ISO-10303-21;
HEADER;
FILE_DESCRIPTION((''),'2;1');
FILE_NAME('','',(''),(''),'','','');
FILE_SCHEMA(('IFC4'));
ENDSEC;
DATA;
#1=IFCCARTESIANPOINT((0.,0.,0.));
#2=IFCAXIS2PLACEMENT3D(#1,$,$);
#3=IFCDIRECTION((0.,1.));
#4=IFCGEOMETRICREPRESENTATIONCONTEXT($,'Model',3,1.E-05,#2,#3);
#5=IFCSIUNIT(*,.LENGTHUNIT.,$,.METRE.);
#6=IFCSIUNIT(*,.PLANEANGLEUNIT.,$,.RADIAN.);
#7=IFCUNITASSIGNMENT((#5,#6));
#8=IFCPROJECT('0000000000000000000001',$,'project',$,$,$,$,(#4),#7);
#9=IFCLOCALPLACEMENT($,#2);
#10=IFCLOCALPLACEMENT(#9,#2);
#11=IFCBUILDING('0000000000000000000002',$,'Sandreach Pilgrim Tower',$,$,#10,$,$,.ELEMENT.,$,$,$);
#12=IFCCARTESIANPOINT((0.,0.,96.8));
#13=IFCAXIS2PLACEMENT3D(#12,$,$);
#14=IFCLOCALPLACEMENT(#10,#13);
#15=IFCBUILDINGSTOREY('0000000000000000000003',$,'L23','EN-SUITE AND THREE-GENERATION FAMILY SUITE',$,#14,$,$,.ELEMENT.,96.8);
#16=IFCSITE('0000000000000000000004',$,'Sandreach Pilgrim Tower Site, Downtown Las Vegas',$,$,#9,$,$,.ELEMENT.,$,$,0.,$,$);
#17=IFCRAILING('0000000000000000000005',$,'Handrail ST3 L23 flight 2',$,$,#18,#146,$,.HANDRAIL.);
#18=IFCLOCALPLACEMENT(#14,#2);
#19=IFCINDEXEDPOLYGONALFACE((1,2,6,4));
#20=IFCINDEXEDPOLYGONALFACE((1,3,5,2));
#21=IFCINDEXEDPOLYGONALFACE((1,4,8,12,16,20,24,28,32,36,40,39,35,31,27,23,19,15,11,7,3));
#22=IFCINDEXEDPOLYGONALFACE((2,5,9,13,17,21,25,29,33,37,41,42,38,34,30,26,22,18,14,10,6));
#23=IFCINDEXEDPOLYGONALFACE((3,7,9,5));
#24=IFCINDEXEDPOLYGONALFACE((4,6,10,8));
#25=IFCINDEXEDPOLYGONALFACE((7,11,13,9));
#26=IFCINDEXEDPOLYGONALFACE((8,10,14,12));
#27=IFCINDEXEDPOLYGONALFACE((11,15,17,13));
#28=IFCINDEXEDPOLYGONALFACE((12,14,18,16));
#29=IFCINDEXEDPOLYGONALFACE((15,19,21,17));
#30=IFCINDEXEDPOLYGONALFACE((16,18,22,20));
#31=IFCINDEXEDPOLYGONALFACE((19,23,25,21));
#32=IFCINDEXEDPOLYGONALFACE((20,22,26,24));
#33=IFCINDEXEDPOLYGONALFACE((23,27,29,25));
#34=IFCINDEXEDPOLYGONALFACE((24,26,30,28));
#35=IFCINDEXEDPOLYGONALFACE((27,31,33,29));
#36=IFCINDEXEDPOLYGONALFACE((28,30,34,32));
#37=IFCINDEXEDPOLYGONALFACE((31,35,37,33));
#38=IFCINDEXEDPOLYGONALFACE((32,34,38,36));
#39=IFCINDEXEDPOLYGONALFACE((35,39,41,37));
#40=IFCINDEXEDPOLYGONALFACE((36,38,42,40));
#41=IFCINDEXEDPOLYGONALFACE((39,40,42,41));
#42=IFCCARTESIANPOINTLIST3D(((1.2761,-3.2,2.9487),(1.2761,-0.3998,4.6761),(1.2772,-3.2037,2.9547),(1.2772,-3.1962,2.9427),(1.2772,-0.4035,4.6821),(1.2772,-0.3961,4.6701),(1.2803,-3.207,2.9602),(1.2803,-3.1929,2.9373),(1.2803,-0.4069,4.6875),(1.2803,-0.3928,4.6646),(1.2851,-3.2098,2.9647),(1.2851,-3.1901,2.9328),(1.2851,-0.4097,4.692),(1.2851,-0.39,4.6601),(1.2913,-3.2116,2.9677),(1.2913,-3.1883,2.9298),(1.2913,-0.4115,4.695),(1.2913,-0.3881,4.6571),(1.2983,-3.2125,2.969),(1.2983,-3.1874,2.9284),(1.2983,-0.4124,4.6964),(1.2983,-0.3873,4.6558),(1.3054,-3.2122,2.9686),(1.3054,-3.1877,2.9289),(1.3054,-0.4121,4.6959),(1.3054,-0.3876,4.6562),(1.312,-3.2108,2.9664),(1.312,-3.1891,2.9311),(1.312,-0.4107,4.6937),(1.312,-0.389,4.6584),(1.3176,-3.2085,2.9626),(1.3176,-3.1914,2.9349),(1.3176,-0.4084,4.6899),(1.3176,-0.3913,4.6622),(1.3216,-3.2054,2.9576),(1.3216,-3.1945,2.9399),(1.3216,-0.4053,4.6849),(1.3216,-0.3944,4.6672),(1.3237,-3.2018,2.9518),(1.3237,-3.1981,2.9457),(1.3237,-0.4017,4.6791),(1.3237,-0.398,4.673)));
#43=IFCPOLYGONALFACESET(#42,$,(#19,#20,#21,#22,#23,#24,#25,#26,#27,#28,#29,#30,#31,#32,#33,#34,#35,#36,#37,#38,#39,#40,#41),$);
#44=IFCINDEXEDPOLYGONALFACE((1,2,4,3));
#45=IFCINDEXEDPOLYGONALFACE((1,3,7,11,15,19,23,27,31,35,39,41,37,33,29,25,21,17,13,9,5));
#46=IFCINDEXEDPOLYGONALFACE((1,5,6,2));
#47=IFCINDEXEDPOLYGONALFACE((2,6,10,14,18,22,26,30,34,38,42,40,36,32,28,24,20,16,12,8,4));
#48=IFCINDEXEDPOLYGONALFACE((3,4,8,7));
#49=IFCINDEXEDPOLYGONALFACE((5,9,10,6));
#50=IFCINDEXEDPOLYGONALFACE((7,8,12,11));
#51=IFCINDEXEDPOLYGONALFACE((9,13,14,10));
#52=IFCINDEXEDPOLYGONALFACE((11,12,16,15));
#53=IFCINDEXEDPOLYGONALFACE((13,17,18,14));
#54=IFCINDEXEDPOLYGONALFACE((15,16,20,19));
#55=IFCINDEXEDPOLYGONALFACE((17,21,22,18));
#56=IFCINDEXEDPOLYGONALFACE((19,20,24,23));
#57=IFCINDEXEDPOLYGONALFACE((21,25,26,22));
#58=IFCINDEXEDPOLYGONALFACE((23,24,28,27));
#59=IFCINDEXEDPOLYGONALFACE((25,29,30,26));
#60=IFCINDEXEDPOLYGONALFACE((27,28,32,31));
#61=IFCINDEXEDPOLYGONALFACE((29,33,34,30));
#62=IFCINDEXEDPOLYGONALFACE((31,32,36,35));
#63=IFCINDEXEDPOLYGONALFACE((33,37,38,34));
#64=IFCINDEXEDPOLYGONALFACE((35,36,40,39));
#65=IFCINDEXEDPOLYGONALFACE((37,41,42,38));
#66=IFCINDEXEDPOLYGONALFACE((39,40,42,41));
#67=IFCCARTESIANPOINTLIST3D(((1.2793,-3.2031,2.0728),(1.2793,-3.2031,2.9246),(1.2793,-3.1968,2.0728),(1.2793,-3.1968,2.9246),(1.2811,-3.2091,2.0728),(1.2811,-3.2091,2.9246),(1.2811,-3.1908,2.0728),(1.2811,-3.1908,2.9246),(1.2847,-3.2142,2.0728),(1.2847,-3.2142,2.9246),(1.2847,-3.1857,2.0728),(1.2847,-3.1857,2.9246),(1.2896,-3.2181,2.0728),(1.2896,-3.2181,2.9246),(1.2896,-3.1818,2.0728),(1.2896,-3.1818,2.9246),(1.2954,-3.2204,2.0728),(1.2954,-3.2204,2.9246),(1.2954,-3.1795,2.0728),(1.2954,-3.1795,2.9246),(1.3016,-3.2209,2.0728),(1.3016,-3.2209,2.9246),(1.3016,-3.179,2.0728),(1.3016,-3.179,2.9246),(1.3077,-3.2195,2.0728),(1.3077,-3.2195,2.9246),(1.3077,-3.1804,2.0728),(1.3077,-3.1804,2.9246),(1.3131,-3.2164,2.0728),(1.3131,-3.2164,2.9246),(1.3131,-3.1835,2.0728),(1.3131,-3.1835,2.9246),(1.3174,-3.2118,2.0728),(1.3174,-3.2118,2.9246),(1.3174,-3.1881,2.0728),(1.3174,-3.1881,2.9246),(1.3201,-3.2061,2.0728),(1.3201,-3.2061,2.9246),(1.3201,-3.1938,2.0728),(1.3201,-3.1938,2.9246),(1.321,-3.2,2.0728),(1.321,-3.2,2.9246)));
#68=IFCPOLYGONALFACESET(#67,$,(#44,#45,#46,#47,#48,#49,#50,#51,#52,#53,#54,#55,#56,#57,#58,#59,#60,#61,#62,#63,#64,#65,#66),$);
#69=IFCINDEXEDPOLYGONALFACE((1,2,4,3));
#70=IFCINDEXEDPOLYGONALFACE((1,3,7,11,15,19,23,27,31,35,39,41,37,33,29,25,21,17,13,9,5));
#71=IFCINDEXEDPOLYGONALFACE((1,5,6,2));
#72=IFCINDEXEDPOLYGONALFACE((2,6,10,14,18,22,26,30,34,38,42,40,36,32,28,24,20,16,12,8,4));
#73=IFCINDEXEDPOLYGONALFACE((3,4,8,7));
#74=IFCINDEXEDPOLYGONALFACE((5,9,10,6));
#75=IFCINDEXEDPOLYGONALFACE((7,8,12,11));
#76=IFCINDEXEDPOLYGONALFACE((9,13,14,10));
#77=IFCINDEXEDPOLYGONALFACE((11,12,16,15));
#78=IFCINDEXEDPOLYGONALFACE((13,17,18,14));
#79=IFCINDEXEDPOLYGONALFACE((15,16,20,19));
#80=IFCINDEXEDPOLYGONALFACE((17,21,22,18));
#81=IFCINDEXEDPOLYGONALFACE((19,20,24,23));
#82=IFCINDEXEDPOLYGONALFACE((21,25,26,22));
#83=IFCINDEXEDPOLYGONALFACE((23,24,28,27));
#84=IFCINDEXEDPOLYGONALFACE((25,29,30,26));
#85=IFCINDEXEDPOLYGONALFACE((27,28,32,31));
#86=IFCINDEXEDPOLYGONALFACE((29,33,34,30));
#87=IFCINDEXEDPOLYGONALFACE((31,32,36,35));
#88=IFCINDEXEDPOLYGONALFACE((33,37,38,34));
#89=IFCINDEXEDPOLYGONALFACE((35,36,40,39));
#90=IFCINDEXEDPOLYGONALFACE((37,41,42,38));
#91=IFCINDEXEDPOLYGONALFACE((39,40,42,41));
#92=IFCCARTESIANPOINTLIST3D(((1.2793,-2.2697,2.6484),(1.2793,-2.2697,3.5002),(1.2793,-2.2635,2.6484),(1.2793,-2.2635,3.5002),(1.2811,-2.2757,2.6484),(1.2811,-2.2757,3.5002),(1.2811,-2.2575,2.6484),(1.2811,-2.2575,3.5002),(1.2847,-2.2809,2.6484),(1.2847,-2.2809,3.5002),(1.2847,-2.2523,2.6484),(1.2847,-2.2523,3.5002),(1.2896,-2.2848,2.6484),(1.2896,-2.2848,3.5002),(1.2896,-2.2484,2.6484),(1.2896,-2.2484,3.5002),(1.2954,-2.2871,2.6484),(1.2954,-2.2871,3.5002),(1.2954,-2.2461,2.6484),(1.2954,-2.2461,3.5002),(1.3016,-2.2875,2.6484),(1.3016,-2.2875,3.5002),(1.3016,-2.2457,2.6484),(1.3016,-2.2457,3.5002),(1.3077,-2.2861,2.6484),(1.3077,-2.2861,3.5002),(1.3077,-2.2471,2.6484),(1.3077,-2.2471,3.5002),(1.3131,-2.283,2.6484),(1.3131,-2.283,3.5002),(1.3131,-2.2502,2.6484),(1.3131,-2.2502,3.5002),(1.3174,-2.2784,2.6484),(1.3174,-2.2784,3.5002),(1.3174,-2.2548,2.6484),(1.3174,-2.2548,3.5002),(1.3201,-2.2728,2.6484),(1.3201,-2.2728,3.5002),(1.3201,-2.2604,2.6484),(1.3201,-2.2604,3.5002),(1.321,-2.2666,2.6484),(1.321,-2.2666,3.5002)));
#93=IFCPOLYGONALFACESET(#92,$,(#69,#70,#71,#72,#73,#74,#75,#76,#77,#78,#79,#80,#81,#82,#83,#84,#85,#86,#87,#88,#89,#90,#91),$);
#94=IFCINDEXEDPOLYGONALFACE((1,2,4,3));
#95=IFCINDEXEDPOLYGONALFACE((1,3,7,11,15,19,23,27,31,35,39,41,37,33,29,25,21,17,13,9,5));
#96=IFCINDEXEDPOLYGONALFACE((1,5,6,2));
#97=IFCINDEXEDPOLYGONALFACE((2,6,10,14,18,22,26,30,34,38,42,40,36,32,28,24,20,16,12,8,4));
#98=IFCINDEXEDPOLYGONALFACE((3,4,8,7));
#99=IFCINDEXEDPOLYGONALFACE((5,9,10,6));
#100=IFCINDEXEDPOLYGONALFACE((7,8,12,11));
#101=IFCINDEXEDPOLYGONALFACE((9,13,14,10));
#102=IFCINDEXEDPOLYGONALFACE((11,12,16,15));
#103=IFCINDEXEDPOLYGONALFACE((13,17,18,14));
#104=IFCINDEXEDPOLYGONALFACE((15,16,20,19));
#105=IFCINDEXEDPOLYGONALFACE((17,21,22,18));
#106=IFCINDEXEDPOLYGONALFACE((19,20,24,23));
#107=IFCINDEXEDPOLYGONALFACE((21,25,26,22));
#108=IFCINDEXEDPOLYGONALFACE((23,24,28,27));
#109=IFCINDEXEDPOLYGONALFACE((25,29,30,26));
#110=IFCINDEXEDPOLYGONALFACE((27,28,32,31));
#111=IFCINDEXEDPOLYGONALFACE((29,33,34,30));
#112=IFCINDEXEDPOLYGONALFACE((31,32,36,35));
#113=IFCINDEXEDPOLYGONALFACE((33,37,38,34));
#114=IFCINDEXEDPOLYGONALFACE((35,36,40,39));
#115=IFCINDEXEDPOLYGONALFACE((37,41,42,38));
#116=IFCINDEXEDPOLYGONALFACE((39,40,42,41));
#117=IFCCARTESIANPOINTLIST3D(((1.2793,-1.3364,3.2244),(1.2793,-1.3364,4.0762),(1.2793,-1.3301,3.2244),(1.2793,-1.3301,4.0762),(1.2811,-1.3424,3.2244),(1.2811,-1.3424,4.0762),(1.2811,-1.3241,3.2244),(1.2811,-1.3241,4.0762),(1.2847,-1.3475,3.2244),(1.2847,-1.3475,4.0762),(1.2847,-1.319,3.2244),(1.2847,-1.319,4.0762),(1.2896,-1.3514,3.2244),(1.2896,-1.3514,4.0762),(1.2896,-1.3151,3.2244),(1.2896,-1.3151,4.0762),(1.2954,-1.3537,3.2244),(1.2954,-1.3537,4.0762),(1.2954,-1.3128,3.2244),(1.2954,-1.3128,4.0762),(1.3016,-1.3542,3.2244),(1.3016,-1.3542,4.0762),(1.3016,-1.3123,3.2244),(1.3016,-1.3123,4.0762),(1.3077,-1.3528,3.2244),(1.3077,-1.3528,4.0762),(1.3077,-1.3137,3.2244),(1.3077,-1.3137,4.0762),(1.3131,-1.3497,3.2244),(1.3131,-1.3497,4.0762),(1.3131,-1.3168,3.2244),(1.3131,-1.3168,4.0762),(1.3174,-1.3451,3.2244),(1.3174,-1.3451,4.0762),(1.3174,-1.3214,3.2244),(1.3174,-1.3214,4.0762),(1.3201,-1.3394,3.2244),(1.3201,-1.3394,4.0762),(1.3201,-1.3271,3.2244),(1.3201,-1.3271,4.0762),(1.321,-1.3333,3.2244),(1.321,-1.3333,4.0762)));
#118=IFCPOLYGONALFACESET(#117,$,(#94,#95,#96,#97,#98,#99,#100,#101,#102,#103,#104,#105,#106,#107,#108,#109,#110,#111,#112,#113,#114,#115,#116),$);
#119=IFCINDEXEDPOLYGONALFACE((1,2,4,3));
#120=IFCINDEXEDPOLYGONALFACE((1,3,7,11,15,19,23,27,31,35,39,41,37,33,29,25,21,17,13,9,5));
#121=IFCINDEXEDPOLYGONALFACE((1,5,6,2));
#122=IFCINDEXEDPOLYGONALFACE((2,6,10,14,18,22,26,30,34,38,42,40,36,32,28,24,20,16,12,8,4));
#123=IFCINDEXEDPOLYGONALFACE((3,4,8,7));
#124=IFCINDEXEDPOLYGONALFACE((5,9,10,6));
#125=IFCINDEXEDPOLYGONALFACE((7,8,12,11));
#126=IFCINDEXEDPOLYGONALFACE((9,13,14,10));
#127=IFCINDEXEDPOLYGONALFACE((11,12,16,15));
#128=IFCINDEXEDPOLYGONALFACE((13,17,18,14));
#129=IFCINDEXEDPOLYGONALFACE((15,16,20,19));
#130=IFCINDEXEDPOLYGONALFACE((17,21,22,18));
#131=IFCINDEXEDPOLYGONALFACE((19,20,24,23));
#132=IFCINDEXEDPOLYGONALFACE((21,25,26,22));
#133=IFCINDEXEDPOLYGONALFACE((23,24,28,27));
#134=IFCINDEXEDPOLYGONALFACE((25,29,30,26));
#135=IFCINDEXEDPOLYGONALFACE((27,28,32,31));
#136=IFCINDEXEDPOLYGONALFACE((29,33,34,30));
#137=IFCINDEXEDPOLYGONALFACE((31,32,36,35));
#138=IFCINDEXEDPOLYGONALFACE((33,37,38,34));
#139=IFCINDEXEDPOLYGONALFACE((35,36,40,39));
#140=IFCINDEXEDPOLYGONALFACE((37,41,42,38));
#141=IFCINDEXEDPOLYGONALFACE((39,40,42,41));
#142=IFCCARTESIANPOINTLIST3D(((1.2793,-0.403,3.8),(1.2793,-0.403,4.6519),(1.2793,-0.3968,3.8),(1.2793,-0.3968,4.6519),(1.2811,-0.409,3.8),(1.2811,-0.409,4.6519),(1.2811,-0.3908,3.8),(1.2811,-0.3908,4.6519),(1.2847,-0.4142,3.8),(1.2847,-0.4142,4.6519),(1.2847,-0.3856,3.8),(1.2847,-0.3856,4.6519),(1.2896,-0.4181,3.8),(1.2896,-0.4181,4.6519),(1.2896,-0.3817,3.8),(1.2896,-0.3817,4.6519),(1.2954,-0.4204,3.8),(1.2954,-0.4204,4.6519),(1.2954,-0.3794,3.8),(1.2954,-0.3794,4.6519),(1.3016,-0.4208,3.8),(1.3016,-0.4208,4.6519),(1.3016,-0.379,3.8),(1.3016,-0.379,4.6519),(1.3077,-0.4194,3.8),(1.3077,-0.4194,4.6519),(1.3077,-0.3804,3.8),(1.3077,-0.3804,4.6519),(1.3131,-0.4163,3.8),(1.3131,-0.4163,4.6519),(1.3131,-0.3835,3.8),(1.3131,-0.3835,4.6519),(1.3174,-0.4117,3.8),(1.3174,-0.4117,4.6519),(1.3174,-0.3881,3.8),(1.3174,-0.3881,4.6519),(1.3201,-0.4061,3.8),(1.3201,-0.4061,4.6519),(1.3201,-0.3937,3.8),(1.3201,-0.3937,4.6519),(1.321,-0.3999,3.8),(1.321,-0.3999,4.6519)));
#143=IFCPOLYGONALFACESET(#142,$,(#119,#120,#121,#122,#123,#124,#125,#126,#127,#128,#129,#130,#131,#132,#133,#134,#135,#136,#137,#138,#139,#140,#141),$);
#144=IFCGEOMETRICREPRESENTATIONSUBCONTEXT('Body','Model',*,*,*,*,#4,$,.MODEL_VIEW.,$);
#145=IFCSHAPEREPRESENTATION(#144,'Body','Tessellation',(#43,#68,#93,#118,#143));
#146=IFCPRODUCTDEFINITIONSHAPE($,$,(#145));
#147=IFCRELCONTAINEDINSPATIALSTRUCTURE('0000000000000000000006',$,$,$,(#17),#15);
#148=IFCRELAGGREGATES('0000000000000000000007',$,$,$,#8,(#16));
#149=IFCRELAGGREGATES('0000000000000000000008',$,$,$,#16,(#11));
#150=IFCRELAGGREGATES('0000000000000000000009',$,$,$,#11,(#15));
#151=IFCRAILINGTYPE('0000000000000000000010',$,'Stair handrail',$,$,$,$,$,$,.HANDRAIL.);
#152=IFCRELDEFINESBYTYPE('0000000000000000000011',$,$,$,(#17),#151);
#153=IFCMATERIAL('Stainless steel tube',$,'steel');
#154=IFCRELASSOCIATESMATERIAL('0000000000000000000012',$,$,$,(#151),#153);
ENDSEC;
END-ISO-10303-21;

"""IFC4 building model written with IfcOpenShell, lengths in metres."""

from ifc_helpers import new_model, si_unit, direction, frame, origin, origin_2d, place, context, subcontext, project, spatial, circle, extrude, material, type_object, element, save


model = new_model("IFC4")

# Units and contexts
model_context = context("Model", 3, precision=1e-05, world=origin(), true_north=direction((0.0, 1.0)))
body_context = subcontext(model_context, "Body", "Model", "MODEL_VIEW")
ifc_project = project(units=[si_unit("LENGTHUNIT", "METRE"), si_unit("PLANEANGLEUNIT", "RADIAN")], contexts=[model_context])

# Site, building, storey
site_placement = place(None, origin())
site = spatial("IfcSite", under=ifc_project, at=site_placement, Name="Sandreach Pilgrim Tower Site, Downtown Las Vegas", CompositionType="ELEMENT", RefElevation=0.0)
building_placement = place(site_placement, origin())
building = spatial("IfcBuilding", under=site, at=building_placement, Name="Sandreach Pilgrim Tower", CompositionType="ELEMENT")
storey_placement = place(building_placement, frame((0.0, 0.0, 96.8)))
storey = spatial("IfcBuildingStorey", under=building, at=storey_placement, Name="L23", Description="EN-SUITE AND THREE-GENERATION FAMILY SUITE", CompositionType="ELEMENT", Elevation=96.8)

# Railing
ifc_material_1 = material(Name="Stainless steel tube", Category="steel")
railing_type = type_object("IfcRailingType", Name="Stair handrail", PredefinedType="HANDRAIL", material=ifc_material_1)
for number, where, name in (
    (1, (1.3, -3.2, 2.0728), "Handrail ST3 L23 flight 2"),
):
    element("IfcRailing", number, at=place(storey_placement, frame(where)), inside=storey, type_object=railing_type, Name=name, PredefinedType="HANDRAIL", context=body_context, shape_type="SweptSolid", body=[
        extrude(circle(Radius=0.0239, at=origin_2d()), frame((0.0, 0.0, 0.876), z_axis=(0.0, 0.85109, 0.52502), x_axis=(-1.0, 0.0, 0.0)), (0.0, 0.0, 1.0), 3.29),
        extrude(circle(Radius=0.021, at=origin_2d()), origin(), (0.0, 0.0, 1.0), 0.8518),
        extrude(circle(Radius=0.021, at=origin_2d()), frame((0.0, 0.9333, 0.5757)), (0.0, 0.0, 1.0), 0.8518),
        extrude(circle(Radius=0.021, at=origin_2d()), frame((0.0, 1.8667, 1.1516)), (0.0, 0.0, 1.0), 0.8518),
        extrude(circle(Radius=0.021, at=origin_2d()), frame((0.0, 2.8, 1.7273)), (0.0, 0.0, 1.0), 0.8518),
    ])

save(model, "model.ifc")
